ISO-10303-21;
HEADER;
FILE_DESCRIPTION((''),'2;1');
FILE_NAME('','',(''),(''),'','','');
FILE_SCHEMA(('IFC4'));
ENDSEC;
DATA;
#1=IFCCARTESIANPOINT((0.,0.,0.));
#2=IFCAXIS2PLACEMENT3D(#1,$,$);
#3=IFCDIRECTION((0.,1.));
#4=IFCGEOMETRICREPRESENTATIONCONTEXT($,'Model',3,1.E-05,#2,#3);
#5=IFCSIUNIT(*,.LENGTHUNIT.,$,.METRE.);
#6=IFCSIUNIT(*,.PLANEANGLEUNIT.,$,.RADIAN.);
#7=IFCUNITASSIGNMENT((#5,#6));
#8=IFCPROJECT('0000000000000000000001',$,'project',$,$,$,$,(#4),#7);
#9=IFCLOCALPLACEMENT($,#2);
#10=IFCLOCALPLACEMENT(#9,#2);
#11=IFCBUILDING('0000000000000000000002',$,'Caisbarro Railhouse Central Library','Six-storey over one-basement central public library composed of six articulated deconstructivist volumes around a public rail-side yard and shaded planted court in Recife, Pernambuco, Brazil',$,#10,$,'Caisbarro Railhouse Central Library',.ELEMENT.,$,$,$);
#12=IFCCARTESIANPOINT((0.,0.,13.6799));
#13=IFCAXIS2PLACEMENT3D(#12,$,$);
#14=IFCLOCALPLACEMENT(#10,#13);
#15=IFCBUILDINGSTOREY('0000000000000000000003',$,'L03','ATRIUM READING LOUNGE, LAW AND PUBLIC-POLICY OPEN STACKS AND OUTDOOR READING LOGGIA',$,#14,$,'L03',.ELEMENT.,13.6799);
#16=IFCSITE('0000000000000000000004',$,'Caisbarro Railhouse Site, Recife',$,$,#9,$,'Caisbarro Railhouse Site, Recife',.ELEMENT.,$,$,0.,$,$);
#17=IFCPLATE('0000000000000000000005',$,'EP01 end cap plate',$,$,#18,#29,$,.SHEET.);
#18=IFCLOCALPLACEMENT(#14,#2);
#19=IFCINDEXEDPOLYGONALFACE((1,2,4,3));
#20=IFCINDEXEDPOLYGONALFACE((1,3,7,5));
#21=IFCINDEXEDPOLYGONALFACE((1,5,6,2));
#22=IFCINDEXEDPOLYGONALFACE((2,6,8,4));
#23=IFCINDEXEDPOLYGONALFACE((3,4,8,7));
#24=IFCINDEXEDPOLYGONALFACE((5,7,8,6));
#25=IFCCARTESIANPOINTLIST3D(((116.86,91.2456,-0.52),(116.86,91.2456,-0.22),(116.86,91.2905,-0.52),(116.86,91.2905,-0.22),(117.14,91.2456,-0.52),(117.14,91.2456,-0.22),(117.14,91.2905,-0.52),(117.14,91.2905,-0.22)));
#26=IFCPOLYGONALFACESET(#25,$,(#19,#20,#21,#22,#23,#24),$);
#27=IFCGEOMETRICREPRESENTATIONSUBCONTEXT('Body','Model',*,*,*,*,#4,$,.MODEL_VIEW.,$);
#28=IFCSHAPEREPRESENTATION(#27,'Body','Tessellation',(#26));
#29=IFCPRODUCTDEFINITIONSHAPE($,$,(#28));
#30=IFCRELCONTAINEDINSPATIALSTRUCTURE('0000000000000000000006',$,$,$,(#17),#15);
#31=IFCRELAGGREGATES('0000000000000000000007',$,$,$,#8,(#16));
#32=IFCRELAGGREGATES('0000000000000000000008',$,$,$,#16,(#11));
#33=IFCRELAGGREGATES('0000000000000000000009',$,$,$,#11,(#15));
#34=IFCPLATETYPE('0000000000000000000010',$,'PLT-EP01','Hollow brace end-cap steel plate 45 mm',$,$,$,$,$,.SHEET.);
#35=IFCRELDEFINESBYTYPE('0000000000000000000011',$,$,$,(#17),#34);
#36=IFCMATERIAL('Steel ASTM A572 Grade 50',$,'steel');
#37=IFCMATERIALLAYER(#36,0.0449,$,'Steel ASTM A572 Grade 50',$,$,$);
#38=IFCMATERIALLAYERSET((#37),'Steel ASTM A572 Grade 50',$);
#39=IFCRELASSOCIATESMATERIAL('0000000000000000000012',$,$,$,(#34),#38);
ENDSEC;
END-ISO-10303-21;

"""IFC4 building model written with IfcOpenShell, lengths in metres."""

from ifc_helpers import new_model, si_unit, direction, frame, origin, origin_2d, place, context, subcontext, project, spatial, rectangle, extrude, material, layer, layer_set, type_object, element, save


model = new_model("IFC4")

# Units and contexts
model_context = context("Model", 3, precision=1e-05, world=origin(), true_north=direction((0.0, 1.0)))
body_context = subcontext(model_context, "Body", "Model", "MODEL_VIEW")
ifc_project = project(units=[si_unit("LENGTHUNIT", "METRE"), si_unit("PLANEANGLEUNIT", "RADIAN")], contexts=[model_context])

# Site, building, storey
site_placement = place(None, origin())
site = spatial("IfcSite", under=ifc_project, at=site_placement, Name="Caisbarro Railhouse Site, Recife", LongName="Caisbarro Railhouse Site, Recife", CompositionType="ELEMENT", RefElevation=0.0)
building_placement = place(site_placement, origin())
building = spatial("IfcBuilding", under=site, at=building_placement, Name="Caisbarro Railhouse Central Library", Description="Six-storey over one-basement central public library composed of six articulated deconstructivist volumes around a public rail-side yard and shaded planted court in Recife, Pernambuco, Brazil", LongName="Caisbarro Railhouse Central Library", CompositionType="ELEMENT")
storey_placement = place(building_placement, frame((0.0, 0.0, 13.6799)))
storey = spatial("IfcBuildingStorey", under=building, at=storey_placement, Name="L03", Description="ATRIUM READING LOUNGE, LAW AND PUBLIC-POLICY OPEN STACKS AND OUTDOOR READING LOGGIA", LongName="L03", CompositionType="ELEMENT", Elevation=13.6799)

# Shared definitions
ifc_material_1 = material(Name="Steel ASTM A572 Grade 50", Category="steel")

# Plate
ifc_layer_1 = layer(ifc_material_1, 0.0449, Name="Steel ASTM A572 Grade 50")
ifc_layer_set_1 = layer_set([ifc_layer_1], Name="Steel ASTM A572 Grade 50")
plate_type_1 = type_object("IfcPlateType", Name="PLT-EP01", Description="Hollow brace end-cap steel plate 45 mm", PredefinedType="SHEET", material=ifc_layer_set_1)
for number, where, z_axis, x_axis, name in (
    (1, (117.0, 91.2681, -0.52), (0.0, 0.0, 1.0), (0.0, 1.0, 0.0), "EP01 end cap plate"),
):
    element("IfcPlate", number, at=place(storey_placement, frame(where, z_axis=z_axis, x_axis=x_axis)), inside=storey, type_object=plate_type_1, Name=name, PredefinedType="SHEET", context=body_context, shape_type="SweptSolid", body=[
        extrude(rectangle(XDim=0.0449, YDim=0.28, at=origin_2d()), origin(), (0.0, 0.0, 1.0), 0.3),
    ])

save(model, "model.ifc")
